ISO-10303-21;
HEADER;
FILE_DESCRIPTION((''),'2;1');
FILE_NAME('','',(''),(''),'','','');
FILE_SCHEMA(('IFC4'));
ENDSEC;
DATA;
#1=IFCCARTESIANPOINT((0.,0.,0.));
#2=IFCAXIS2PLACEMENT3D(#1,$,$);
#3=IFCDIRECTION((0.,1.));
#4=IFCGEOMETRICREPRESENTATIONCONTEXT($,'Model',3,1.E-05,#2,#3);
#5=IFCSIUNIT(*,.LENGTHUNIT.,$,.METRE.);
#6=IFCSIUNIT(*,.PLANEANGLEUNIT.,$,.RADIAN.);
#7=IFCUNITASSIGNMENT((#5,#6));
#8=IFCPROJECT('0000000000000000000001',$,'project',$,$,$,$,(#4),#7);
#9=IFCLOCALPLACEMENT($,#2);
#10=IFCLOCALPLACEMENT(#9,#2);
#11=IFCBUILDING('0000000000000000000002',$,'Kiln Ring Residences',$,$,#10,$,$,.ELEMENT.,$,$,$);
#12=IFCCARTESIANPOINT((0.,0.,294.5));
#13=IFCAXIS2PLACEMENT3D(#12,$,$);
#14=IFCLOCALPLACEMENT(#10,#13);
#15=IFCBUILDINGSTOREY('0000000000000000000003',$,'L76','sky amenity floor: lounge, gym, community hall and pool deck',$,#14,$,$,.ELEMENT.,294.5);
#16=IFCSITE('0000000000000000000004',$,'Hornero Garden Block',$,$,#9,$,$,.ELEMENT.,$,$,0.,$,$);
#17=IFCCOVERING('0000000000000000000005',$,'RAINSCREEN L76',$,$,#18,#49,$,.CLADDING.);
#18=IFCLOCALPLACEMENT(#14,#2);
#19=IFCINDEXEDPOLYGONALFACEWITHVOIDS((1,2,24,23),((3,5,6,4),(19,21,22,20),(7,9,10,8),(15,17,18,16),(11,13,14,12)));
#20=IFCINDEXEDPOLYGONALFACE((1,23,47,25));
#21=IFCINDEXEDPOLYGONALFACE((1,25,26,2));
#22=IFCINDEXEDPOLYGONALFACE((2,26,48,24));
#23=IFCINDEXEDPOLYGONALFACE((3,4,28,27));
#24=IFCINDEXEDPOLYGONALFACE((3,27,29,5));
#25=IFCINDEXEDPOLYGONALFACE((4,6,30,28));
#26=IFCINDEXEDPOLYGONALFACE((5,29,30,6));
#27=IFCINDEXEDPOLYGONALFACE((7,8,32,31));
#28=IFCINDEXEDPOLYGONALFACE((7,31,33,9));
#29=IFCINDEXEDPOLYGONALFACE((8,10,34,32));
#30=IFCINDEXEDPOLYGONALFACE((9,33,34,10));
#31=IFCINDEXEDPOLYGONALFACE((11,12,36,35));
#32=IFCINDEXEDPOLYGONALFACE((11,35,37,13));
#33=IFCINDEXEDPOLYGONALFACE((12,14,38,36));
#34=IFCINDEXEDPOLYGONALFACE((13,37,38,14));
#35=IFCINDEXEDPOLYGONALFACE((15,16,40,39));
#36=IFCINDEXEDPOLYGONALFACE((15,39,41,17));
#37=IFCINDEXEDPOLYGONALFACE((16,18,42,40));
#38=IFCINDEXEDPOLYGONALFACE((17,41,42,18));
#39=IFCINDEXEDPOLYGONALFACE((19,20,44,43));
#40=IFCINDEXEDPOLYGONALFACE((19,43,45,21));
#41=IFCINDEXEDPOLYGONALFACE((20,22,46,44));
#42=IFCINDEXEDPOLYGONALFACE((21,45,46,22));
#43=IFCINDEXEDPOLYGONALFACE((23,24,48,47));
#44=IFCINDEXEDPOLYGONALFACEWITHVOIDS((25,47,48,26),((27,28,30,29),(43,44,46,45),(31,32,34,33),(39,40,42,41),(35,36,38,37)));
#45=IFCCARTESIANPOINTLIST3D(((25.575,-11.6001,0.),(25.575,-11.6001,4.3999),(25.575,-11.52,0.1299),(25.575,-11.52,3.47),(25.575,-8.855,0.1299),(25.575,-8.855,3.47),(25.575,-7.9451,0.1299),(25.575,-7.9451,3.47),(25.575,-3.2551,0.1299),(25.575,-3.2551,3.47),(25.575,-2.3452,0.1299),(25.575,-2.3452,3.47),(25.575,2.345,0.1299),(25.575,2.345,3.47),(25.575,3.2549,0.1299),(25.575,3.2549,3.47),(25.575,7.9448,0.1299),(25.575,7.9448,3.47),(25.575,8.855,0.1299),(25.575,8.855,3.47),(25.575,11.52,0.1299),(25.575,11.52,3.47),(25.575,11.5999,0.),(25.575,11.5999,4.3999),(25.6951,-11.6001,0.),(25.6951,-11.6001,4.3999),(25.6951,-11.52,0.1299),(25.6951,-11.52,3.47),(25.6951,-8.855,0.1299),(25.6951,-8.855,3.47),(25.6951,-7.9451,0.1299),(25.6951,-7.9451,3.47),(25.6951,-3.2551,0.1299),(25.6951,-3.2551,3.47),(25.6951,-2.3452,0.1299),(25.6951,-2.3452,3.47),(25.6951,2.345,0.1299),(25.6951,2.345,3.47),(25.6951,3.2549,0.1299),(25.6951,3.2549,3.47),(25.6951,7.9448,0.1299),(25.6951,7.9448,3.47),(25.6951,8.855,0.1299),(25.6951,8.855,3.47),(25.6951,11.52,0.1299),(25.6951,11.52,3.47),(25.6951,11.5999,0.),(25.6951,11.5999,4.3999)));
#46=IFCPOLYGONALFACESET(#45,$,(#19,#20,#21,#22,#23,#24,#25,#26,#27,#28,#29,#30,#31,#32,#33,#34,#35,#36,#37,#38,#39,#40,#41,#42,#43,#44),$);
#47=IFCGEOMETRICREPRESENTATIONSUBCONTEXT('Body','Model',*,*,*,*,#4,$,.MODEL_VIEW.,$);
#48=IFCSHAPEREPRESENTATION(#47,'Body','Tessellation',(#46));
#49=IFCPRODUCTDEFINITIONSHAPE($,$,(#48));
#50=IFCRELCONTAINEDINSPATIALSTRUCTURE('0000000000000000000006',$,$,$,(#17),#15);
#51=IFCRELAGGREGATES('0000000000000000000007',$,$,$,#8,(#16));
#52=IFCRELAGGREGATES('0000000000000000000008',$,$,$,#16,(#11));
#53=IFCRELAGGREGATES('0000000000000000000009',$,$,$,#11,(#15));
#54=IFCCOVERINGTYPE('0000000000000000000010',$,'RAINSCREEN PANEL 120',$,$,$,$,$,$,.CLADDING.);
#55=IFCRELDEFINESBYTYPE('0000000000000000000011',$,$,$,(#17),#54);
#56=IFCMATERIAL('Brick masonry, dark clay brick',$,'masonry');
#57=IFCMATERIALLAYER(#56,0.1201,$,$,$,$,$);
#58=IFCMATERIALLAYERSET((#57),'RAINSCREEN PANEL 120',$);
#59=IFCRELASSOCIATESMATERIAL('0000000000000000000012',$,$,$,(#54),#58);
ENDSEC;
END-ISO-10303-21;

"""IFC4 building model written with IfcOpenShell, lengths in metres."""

from ifc_helpers import new_model, si_unit, direction, frame, origin, place, context, subcontext, project, spatial, polyline, outline, extrude, material, layer, layer_set, type_object, element, save


model = new_model("IFC4")

# Units and contexts
model_context = context("Model", 3, precision=1e-05, world=origin(), true_north=direction((0.0, 1.0)))
body_context = subcontext(model_context, "Body", "Model", "MODEL_VIEW")
ifc_project = project(units=[si_unit("LENGTHUNIT", "METRE"), si_unit("PLANEANGLEUNIT", "RADIAN")], contexts=[model_context])

# Site, building, storey
site_placement = place(None, origin())
site = spatial("IfcSite", under=ifc_project, at=site_placement, Name="Hornero Garden Block", CompositionType="ELEMENT", RefElevation=0.0)
building_placement = place(site_placement, origin())
building = spatial("IfcBuilding", under=site, at=building_placement, Name="Kiln Ring Residences", CompositionType="ELEMENT")
storey_placement = place(building_placement, frame((0.0, 0.0, 294.5)))
storey = spatial("IfcBuildingStorey", under=building, at=storey_placement, Name="L76", Description="sky amenity floor: lounge, gym, community hall and pool deck", CompositionType="ELEMENT", Elevation=294.5)

# Covering
ifc_material_1 = material(Name="Brick masonry, dark clay brick", Category="masonry")
ifc_layer_1 = layer(ifc_material_1, 0.1201)
ifc_layer_set_1 = layer_set([ifc_layer_1], Name="RAINSCREEN PANEL 120")
covering_type = type_object("IfcCoveringType", Name="RAINSCREEN PANEL 120", PredefinedType="CLADDING", material=ifc_layer_set_1)
covering_placement = place(storey_placement, frame((25.635, -11.6001, 0.0), z_axis=(0.0, 0.0, 1.0), x_axis=(0.0, 1.0, 0.0)))
element("IfcCovering", 1, at=covering_placement, inside=storey, type_object=covering_type, Name="RAINSCREEN L76", PredefinedType="CLADDING", context=body_context, shape_type="SweptSolid", body=[
    extrude(outline(polyline([(0.0, 0.0), (23.2, 0.0), (23.2, 4.3999), (0.0, 4.3999), (0.0, 0.0)]), holes=[polyline([(2.7451, 0.1299), (2.7451, 3.47), (0.0801, 3.47), (0.0801, 0.1299), (2.7451, 0.1299)]), polyline([(8.345, 0.1299), (8.345, 3.47), (3.655, 3.47), (3.655, 0.1299), (8.345, 0.1299)]), polyline([(13.9451, 0.1299), (13.9451, 3.47), (9.2549, 3.47), (9.2549, 0.1299), (13.9451, 0.1299)]), polyline([(14.855, 0.1299), (19.5449, 0.1299), (19.5449, 3.47), (14.855, 3.47), (14.855, 0.1299)]), polyline([(20.4551, 0.1299), (23.1201, 0.1299), (23.1201, 3.47), (20.4551, 3.47), (20.4551, 0.1299)])]), frame((0.0, 0.0601, 0.0), z_axis=(0.0, -1.0, 0.0), x_axis=(1.0, 0.0, 0.0)), (0.0, 0.0, 1.0), 0.1201),
])

save(model, "model.ifc")
